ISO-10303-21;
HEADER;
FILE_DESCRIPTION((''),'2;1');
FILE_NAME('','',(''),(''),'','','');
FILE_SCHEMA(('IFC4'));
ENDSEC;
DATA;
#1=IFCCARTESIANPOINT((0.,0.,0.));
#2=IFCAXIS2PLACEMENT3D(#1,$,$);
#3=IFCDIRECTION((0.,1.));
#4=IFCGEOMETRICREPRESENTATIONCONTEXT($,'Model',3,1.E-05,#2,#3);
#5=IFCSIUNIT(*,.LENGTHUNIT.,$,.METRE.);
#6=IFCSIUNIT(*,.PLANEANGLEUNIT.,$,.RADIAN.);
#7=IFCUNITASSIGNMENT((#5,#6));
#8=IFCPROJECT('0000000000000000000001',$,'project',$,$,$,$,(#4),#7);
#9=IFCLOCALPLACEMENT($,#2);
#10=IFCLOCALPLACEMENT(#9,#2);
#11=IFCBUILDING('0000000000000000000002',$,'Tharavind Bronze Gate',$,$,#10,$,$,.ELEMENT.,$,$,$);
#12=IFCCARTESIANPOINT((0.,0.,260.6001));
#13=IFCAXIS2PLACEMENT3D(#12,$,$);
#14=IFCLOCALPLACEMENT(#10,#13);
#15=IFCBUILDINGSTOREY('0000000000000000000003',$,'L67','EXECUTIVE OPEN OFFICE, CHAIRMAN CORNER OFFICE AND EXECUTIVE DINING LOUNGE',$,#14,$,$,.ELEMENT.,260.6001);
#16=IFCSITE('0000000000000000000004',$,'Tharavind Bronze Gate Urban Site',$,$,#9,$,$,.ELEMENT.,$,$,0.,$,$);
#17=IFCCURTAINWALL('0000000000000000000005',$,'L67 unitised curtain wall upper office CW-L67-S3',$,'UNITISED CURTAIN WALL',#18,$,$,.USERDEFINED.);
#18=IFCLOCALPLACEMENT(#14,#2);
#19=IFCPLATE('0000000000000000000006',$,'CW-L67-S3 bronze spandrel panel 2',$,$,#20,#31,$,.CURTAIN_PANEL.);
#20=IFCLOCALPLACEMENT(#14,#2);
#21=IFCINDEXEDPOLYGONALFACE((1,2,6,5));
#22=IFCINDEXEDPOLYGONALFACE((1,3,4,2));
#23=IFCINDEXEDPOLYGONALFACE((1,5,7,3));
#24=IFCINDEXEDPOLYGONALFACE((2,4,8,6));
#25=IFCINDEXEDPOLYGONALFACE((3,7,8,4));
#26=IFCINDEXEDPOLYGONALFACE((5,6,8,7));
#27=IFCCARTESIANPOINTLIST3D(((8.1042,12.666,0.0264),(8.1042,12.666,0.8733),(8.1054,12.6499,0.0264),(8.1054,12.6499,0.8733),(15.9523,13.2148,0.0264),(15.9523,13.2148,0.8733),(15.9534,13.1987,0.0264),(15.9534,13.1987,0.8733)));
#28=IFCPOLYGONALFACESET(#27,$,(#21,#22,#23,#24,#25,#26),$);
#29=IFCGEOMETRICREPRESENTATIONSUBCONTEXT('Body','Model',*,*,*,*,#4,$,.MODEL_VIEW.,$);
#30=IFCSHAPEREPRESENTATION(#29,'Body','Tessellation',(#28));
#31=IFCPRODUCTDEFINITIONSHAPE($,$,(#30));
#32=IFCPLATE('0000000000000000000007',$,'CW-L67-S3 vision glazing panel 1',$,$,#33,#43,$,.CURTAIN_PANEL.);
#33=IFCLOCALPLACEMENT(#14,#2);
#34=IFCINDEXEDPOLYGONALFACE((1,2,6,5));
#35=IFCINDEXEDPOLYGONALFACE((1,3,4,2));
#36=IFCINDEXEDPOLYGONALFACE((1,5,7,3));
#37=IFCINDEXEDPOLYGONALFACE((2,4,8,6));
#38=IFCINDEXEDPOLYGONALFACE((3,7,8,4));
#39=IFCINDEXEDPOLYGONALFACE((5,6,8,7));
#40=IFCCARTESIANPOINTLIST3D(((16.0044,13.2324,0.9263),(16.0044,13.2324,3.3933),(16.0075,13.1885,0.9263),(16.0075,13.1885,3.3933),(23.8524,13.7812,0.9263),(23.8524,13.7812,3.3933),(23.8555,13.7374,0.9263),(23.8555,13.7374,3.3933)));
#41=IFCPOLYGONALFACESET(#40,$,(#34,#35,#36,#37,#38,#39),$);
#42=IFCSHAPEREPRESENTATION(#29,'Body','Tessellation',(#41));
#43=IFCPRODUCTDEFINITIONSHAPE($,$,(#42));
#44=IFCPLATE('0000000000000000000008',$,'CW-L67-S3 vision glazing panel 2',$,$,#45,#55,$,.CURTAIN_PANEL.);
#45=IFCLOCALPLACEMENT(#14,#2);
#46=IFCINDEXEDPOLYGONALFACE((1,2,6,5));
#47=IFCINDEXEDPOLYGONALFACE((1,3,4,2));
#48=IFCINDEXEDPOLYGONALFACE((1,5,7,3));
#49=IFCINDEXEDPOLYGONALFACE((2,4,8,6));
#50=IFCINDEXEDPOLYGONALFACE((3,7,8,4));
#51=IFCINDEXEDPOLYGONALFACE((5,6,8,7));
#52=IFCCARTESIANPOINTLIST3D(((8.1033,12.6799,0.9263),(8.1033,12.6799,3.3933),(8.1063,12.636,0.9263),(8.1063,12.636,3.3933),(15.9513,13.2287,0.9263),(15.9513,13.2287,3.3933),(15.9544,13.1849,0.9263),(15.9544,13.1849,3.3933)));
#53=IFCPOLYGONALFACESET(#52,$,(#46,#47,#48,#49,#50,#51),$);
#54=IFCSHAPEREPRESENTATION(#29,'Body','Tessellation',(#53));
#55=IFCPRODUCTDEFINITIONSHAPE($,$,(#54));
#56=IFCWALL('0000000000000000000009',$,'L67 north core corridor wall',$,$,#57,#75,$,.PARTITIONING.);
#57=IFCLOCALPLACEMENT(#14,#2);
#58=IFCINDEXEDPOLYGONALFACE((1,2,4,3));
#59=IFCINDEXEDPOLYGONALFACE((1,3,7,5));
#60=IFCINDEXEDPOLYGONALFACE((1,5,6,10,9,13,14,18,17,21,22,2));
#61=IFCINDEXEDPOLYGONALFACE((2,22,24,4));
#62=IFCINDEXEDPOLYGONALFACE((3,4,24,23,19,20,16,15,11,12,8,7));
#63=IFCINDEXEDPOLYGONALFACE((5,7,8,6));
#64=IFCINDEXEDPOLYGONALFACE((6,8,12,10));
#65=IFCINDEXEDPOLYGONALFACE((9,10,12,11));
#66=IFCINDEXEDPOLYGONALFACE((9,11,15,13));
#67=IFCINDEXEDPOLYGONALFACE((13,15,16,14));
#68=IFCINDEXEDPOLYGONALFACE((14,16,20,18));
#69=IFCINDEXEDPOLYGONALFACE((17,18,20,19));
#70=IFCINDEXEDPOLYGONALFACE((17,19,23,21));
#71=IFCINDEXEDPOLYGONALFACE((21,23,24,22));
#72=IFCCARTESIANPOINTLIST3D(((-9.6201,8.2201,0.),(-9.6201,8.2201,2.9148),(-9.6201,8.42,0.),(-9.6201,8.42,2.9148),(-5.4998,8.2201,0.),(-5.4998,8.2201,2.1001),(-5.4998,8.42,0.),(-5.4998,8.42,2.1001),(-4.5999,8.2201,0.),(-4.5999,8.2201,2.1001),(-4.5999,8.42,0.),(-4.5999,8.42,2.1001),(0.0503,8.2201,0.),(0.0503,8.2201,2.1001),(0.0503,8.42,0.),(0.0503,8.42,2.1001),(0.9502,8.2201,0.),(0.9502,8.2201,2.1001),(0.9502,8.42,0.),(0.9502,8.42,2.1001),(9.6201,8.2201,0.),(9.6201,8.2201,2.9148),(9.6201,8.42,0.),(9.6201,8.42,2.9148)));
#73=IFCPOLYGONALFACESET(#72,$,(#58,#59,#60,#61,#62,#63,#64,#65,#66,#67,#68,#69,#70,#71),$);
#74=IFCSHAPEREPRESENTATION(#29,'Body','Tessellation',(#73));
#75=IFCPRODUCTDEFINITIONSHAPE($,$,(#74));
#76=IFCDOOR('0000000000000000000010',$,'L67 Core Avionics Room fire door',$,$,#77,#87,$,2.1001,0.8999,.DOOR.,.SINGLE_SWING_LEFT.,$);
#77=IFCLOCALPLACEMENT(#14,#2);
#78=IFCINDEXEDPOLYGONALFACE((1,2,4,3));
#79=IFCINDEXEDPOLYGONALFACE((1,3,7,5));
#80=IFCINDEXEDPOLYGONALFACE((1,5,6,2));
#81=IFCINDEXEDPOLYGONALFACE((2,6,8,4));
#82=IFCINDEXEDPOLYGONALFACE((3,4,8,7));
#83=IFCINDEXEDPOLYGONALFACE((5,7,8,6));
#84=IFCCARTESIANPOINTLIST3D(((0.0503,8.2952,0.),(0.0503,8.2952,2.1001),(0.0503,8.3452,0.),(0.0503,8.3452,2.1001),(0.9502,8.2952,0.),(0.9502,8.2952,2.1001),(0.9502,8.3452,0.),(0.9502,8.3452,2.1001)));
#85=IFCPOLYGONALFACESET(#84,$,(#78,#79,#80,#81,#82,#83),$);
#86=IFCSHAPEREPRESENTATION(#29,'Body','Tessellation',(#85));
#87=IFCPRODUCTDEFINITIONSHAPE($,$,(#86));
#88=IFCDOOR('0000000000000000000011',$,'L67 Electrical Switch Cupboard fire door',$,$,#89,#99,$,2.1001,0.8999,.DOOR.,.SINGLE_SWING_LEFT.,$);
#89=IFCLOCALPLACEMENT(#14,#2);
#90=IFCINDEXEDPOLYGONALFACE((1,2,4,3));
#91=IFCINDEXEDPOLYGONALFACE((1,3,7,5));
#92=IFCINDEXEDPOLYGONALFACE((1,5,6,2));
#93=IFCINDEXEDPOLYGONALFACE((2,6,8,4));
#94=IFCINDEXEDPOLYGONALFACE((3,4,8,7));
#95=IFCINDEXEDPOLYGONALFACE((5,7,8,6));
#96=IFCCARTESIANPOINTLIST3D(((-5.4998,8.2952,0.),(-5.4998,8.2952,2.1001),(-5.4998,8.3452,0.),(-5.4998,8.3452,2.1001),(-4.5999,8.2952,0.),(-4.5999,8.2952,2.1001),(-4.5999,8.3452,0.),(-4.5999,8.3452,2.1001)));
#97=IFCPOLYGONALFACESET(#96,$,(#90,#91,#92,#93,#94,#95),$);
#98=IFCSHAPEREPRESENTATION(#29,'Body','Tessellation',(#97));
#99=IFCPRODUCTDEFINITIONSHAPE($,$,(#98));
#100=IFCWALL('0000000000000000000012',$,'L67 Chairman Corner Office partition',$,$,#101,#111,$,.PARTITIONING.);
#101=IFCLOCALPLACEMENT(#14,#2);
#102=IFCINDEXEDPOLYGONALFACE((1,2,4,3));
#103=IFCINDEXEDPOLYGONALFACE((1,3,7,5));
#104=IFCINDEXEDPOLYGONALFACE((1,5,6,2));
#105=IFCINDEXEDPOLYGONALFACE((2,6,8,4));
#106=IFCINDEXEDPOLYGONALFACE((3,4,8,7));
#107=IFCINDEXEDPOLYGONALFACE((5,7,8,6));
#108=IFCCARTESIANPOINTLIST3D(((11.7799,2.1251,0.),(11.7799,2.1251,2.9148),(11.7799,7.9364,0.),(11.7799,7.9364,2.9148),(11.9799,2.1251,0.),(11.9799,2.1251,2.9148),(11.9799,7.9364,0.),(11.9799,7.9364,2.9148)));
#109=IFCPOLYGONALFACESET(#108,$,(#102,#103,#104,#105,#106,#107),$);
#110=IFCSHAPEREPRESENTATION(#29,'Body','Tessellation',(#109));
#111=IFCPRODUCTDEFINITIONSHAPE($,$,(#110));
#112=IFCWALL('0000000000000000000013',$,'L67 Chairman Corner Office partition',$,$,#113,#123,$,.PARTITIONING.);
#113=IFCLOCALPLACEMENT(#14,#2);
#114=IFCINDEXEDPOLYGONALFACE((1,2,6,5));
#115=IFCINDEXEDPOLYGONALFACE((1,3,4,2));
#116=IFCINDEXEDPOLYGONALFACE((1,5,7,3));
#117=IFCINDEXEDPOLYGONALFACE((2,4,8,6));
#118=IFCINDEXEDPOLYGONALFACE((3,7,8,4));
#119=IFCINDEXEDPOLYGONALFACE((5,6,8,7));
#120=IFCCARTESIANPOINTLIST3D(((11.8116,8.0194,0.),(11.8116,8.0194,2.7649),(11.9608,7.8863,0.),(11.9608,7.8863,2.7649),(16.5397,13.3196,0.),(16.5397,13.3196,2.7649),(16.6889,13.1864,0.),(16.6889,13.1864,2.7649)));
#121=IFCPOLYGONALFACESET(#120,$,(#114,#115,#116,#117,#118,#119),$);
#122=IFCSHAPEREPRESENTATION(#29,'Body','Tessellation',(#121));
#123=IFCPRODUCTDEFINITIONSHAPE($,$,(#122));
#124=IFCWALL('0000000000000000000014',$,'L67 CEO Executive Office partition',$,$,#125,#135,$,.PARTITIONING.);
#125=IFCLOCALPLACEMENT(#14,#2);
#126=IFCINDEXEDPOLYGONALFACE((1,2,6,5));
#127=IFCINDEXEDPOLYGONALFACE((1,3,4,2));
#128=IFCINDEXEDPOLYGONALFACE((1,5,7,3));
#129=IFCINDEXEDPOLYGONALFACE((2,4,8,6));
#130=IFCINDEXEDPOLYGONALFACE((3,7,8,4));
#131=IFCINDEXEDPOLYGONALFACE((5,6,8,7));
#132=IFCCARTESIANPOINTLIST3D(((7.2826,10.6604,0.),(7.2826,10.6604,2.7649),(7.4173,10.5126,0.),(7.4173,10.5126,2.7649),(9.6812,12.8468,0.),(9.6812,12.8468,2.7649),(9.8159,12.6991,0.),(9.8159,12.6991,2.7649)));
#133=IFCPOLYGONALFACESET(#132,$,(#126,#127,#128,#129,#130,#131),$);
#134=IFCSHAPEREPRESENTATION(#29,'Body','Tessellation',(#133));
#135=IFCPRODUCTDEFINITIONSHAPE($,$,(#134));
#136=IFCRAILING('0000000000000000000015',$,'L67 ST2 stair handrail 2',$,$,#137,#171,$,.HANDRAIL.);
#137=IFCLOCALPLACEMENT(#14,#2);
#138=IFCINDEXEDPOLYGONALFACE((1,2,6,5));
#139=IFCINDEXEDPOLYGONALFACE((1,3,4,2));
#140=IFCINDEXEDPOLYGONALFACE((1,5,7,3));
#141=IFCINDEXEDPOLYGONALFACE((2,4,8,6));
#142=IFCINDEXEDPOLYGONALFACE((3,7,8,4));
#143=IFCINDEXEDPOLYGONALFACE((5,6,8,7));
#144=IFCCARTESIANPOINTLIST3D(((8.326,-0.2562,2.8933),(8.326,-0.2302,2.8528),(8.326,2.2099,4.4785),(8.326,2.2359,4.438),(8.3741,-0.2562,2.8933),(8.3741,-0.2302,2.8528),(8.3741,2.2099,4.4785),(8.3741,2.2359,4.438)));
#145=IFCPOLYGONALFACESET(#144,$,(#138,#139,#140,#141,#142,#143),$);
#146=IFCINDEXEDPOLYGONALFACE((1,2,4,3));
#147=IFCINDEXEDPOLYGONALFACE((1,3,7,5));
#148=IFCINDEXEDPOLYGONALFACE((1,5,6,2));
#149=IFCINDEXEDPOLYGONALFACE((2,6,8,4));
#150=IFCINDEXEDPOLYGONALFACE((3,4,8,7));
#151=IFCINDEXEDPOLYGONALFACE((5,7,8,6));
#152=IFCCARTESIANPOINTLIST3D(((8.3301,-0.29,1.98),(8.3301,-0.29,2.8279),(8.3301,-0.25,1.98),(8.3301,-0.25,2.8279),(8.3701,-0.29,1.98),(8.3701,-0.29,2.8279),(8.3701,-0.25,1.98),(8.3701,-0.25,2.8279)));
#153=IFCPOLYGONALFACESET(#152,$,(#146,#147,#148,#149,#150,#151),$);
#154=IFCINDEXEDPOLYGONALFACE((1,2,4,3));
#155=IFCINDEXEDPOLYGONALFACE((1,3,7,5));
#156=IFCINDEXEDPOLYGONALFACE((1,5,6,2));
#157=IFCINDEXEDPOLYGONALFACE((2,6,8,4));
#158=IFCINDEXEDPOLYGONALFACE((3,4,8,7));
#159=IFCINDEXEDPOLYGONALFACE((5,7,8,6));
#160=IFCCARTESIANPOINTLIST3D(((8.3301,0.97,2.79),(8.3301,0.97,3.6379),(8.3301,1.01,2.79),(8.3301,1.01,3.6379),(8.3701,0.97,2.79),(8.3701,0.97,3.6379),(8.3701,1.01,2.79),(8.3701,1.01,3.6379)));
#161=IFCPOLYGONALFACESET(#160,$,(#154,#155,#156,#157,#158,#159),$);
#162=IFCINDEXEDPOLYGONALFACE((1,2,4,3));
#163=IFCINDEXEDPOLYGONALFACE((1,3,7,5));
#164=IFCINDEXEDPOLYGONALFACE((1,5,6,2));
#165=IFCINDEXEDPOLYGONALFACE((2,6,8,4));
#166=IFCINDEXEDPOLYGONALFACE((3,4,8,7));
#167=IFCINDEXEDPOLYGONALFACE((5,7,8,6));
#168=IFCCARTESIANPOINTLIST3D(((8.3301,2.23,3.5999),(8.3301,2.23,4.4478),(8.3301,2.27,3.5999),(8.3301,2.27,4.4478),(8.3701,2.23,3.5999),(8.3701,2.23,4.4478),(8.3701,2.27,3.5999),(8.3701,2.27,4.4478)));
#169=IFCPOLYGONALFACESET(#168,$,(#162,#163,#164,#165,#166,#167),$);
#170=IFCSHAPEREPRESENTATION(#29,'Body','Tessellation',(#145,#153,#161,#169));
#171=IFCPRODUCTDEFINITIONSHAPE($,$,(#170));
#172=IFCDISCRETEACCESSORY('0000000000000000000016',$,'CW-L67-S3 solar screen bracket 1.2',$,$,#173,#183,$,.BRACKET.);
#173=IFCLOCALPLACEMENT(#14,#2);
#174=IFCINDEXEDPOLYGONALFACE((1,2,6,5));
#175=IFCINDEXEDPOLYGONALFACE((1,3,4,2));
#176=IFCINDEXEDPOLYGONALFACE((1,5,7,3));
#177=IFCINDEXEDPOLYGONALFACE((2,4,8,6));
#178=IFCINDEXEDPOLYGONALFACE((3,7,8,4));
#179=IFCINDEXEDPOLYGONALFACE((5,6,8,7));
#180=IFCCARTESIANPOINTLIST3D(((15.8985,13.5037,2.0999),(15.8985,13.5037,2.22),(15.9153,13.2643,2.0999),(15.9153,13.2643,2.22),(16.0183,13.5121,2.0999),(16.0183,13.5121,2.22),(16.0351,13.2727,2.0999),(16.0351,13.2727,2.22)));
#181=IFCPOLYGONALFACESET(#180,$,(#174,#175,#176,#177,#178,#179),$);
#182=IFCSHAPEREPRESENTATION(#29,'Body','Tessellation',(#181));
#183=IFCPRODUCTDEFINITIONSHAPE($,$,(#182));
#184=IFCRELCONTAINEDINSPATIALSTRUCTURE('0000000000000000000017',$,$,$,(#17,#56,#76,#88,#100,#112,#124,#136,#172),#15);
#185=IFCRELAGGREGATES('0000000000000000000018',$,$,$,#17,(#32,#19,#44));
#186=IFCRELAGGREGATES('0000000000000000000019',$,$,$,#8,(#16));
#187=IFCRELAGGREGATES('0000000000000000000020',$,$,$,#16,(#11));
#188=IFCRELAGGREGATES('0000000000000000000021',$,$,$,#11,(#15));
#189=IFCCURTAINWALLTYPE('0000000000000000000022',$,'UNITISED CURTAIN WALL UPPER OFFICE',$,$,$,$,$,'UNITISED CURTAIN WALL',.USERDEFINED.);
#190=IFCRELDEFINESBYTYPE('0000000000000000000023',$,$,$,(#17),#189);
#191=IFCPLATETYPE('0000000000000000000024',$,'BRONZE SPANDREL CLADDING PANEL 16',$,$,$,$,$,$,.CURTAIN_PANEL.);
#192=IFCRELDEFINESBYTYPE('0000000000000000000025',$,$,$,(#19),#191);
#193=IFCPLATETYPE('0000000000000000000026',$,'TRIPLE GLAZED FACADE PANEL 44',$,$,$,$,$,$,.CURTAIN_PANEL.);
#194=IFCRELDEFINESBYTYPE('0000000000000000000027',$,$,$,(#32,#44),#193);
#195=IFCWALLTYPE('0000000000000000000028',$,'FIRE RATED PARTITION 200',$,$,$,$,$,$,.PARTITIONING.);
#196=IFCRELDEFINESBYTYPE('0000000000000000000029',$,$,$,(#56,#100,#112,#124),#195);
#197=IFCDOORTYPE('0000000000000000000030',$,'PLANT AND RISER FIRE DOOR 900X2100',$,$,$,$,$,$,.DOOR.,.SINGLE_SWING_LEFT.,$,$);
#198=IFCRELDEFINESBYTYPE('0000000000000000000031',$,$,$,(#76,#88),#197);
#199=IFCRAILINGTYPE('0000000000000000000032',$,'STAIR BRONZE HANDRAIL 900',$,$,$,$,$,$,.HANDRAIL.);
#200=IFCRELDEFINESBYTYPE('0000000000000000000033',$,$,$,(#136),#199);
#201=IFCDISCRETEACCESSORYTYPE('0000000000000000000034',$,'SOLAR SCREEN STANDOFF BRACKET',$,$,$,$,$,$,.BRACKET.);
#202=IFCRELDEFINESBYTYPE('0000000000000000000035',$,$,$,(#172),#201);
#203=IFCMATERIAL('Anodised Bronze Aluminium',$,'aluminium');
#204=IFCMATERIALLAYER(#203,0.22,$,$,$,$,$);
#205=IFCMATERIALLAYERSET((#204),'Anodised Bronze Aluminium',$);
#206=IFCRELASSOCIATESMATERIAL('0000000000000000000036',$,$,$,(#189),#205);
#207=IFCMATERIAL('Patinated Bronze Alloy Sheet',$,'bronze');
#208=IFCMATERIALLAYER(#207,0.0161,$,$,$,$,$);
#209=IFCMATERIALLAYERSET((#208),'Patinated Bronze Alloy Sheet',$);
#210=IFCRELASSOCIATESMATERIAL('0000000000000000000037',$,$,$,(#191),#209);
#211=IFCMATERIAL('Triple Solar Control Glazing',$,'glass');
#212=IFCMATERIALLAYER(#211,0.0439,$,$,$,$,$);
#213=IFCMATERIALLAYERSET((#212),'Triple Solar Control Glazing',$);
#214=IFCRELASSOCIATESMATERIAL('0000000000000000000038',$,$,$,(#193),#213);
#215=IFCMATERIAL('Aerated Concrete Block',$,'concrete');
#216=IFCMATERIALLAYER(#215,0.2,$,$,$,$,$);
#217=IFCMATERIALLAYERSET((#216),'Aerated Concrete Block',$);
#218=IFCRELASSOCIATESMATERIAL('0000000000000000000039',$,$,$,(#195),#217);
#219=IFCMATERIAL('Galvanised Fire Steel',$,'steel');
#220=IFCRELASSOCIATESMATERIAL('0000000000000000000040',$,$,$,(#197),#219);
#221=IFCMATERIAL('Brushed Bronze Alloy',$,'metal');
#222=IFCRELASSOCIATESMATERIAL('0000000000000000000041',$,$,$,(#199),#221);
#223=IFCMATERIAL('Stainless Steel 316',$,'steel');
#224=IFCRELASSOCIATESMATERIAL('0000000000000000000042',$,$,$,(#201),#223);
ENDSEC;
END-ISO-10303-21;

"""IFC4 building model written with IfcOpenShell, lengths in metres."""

from ifc_helpers import new_model, si_unit, direction, frame, frame_2d, origin, origin_2d, place, context, subcontext, project, spatial, rectangle, extrude, material, layer, layer_set, type_object, element, fill, aggregate, save


model = new_model("IFC4")

# Units and contexts
model_context = context("Model", 3, precision=1e-05, world=origin(), true_north=direction((0.0, 1.0)))
body_context = subcontext(model_context, "Body", "Model", "MODEL_VIEW")
ifc_project = project(units=[si_unit("LENGTHUNIT", "METRE"), si_unit("PLANEANGLEUNIT", "RADIAN")], contexts=[model_context])

# Site, building, storey
site_placement = place(None, origin())
site = spatial("IfcSite", under=ifc_project, at=site_placement, Name="Tharavind Bronze Gate Urban Site", CompositionType="ELEMENT", RefElevation=0.0)
building_placement = place(site_placement, origin())
building = spatial("IfcBuilding", under=site, at=building_placement, Name="Tharavind Bronze Gate", CompositionType="ELEMENT")
storey_placement = place(building_placement, frame((0.0, 0.0, 260.6001)))
storey = spatial("IfcBuildingStorey", under=building, at=storey_placement, Name="L67", Description="EXECUTIVE OPEN OFFICE, CHAIRMAN CORNER OFFICE AND EXECUTIVE DINING LOUNGE", CompositionType="ELEMENT", Elevation=260.6001)

# Curtain wall
ifc_material_1 = material(Name="Anodised Bronze Aluminium", Category="aluminium")
ifc_layer_1 = layer(ifc_material_1, 0.22)
ifc_layer_set_1 = layer_set([ifc_layer_1], Name="Anodised Bronze Aluminium")
curtain_wall_type = type_object("IfcCurtainWallType", Name="UNITISED CURTAIN WALL UPPER OFFICE", ElementType="UNITISED CURTAIN WALL", PredefinedType="USERDEFINED", material=ifc_layer_set_1)
curtain_wall_placement = place(storey_placement, origin())
curtain_wall = element("IfcCurtainWall", 1, at=curtain_wall_placement, inside=storey, type_object=curtain_wall_type, Name="L67 unitised curtain wall upper office CW-L67-S3", ObjectType="UNITISED CURTAIN WALL", PredefinedType="USERDEFINED")

# Plates
ifc_material_2 = material(Name="Patinated Bronze Alloy Sheet", Category="bronze")
ifc_layer_2 = layer(ifc_material_2, 0.0161)
ifc_layer_set_2 = layer_set([ifc_layer_2], Name="Patinated Bronze Alloy Sheet")
plate_type_1 = type_object("IfcPlateType", Name="BRONZE SPANDREL CLADDING PANEL 16", PredefinedType="CURTAIN_PANEL", material=ifc_layer_set_2)
plate_1_placement = place(storey_placement, frame((12.0288, 12.9324, 0.0264), z_axis=(0.0, 0.0, 1.0), x_axis=(-0.997564, -0.06976, 0.0)))
plate_1 = element("IfcPlate", 2, at=plate_1_placement, type_object=plate_type_1, Name="CW-L67-S3 bronze spandrel panel 2", PredefinedType="CURTAIN_PANEL", context=body_context, shape_type="SweptSolid", body=[
    extrude(rectangle(XDim=7.8672, YDim=0.0161, at=origin_2d()), origin(), (0.0, 0.0, 1.0), 0.8469),
])
ifc_material_3 = material(Name="Triple Solar Control Glazing", Category="glass")
ifc_layer_3 = layer(ifc_material_3, 0.0439)
ifc_layer_set_3 = layer_set([ifc_layer_3], Name="Triple Solar Control Glazing")
plate_type_2 = type_object("IfcPlateType", Name="TRIPLE GLAZED FACADE PANEL 44", PredefinedType="CURTAIN_PANEL", material=ifc_layer_set_3)
plate_2_placement = place(storey_placement, frame((19.9299, 13.4849, 0.9263), z_axis=(0.0, 0.0, 1.0), x_axis=(-0.997564, -0.06976, 0.0)))
plate_2 = element("IfcPlate", 3, at=plate_2_placement, type_object=plate_type_2, Name="CW-L67-S3 vision glazing panel 1", PredefinedType="CURTAIN_PANEL", context=body_context, shape_type="SweptSolid", body=[
    extrude(rectangle(XDim=7.8672, YDim=0.0439, at=origin_2d()), origin(), (0.0, 0.0, 1.0), 2.467),
])
plate_3_placement = place(storey_placement, frame((12.0288, 12.9324, 0.9263), z_axis=(0.0, 0.0, 1.0), x_axis=(-0.997564, -0.06976, 0.0)))
plate_3 = element("IfcPlate", 4, at=plate_3_placement, type_object=plate_type_2, Name="CW-L67-S3 vision glazing panel 2", PredefinedType="CURTAIN_PANEL", context=body_context, shape_type="SweptSolid", body=[
    extrude(rectangle(XDim=7.8672, YDim=0.0439, at=origin_2d()), origin(), (0.0, 0.0, 1.0), 2.467),
])
aggregate(curtain_wall, [plate_2, plate_1, plate_3])

# Wall, openings, doors
ifc_material_4 = material(Name="Aerated Concrete Block", Category="concrete")
ifc_layer_4 = layer(ifc_material_4, 0.2)
ifc_layer_set_4 = layer_set([ifc_layer_4], Name="Aerated Concrete Block")
wall_type = type_object("IfcWallType", Name="FIRE RATED PARTITION 200", PredefinedType="PARTITIONING", material=ifc_layer_set_4)
wall_1_placement = place(storey_placement, frame((9.6201, 8.3201, 0.0), z_axis=(0.0, 0.0, 1.0), x_axis=(-1.0, 0.0, 0.0)))
wall_1 = element("IfcWall", 5, at=wall_1_placement, inside=storey, type_object=wall_type, Name="L67 north core corridor wall", PredefinedType="PARTITIONING", context=body_context, shape_type="SweptSolid", body=[
    extrude(rectangle(XDim=19.2402, YDim=0.2, at=frame_2d((9.6201, 0.0))), origin(), (0.0, 0.0, 1.0), 2.9148),
])
opening_1_placement = place(wall_1_placement, frame((8.6699, 0.0, 0.0)))
opening_1 = element("IfcOpeningElement", 6, at=opening_1_placement, cuts=wall_1, PredefinedType="OPENING", context=body_context, shape_type="SweptSolid", body=[
    extrude(rectangle(XDim=0.8999, YDim=2.1001, at=frame_2d((0.45, 1.05))), frame((0.0, 0.1101, 0.0), z_axis=(0.0, -1.0, 0.0), x_axis=(1.0, 0.0, 0.0)), (0.0, 0.0, 1.0), 0.22),
])
opening_2_placement = place(wall_1_placement, frame((14.22, 0.0, 0.0)))
opening_2 = element("IfcOpeningElement", 7, at=opening_2_placement, cuts=wall_1, PredefinedType="OPENING", context=body_context, shape_type="SweptSolid", body=[
    extrude(rectangle(XDim=0.8999, YDim=2.1001, at=frame_2d((0.45, 1.05))), frame((0.0, 0.1101, 0.0), z_axis=(0.0, -1.0, 0.0), x_axis=(1.0, 0.0, 0.0)), (0.0, 0.0, 1.0), 0.22),
])
ifc_material_5 = material(Name="Galvanised Fire Steel", Category="steel")
door_type = type_object("IfcDoorType", Name="PLANT AND RISER FIRE DOOR 900X2100", OperationType="SINGLE_SWING_LEFT", PredefinedType="DOOR", material=ifc_material_5)
door_1_placement = place(opening_1_placement, origin())
door_1 = element("IfcDoor", 8, at=door_1_placement, inside=storey, type_object=door_type, Name="L67 Core Avionics Room fire door", OperationType="SINGLE_SWING_LEFT", OverallHeight=2.1001, OverallWidth=0.8999, PredefinedType="DOOR", context=body_context, shape_type="SweptSolid", body=[
    extrude(rectangle(XDim=0.8999, YDim=2.1001, at=frame_2d((0.45, 1.05))), frame((0.0, 0.0249, 0.0), z_axis=(0.0, -1.0, 0.0), x_axis=(1.0, 0.0, 0.0)), (0.0, 0.0, 1.0), 0.05),
])
fill(opening_1, door_1)
door_2_placement = place(opening_2_placement, origin())
door_2 = element("IfcDoor", 9, at=door_2_placement, inside=storey, type_object=door_type, Name="L67 Electrical Switch Cupboard fire door", OperationType="SINGLE_SWING_LEFT", OverallHeight=2.1001, OverallWidth=0.8999, PredefinedType="DOOR", context=body_context, shape_type="SweptSolid", body=[
    extrude(rectangle(XDim=0.8999, YDim=2.1001, at=frame_2d((0.45, 1.05))), frame((0.0, 0.0249, 0.0), z_axis=(0.0, -1.0, 0.0), x_axis=(1.0, 0.0, 0.0)), (0.0, 0.0, 1.0), 0.05),
])
fill(opening_2, door_2)

# Walls
wall_2_placement = place(storey_placement, frame((11.8799, 2.125, 0.0), z_axis=(0.0, 0.0, 1.0), x_axis=(0.0, 1.0, 0.0)))
element("IfcWall", 10, at=wall_2_placement, inside=storey, type_object=wall_type, Name="L67 Chairman Corner Office partition", PredefinedType="PARTITIONING", context=body_context, shape_type="SweptSolid", body=[
    extrude(rectangle(XDim=5.8113, YDim=0.2, at=frame_2d((2.9058, 0.0))), origin(), (0.0, 0.0, 1.0), 2.9148),
])
wall_3_placement = place(storey_placement, frame((11.8862, 7.9529, 0.0), z_axis=(0.0, 0.0, 1.0), x_axis=(0.66569, 0.746229, 0.0)))
element("IfcWall", 11, at=wall_3_placement, inside=storey, type_object=wall_type, Name="L67 Chairman Corner Office partition", PredefinedType="PARTITIONING", context=body_context, shape_type="SweptSolid", body=[
    extrude(rectangle(XDim=7.1025, YDim=0.2, at=frame_2d((3.5513, 0.0))), origin(), (0.0, 0.0, 1.0), 2.7649),
])
wall_4_placement = place(storey_placement, frame((9.7485, 12.7729, 0.0), z_axis=(0.0, 0.0, 1.0), x_axis=(-0.739034, -0.673668, 0.0)))
element("IfcWall", 12, at=wall_4_placement, inside=storey, type_object=wall_type, Name="L67 CEO Executive Office partition", PredefinedType="PARTITIONING", context=body_context, shape_type="SweptSolid", body=[
    extrude(rectangle(XDim=3.2456, YDim=0.2, at=frame_2d((1.6228, 0.0))), origin(), (0.0, 0.0, 1.0), 2.7649),
])

# Railing
ifc_material_6 = material(Name="Brushed Bronze Alloy", Category="metal")
railing_type = type_object("IfcRailingType", Name="STAIR BRONZE HANDRAIL 900", PredefinedType="HANDRAIL", material=ifc_material_6)
railing_placement = place(storey_placement, frame((8.3501, -0.27, 1.98)))
element("IfcRailing", 13, at=railing_placement, inside=storey, type_object=railing_type, Name="L67 ST2 stair handrail 2", PredefinedType="HANDRAIL", context=body_context, shape_type="SweptSolid", body=[
    extrude(rectangle(XDim=0.0481, YDim=0.0481, at=origin_2d()), frame((0.0, 0.0269, 0.8931), z_axis=(0.0, 0.8412, 0.540725), x_axis=(-1.0, 0.0, 0.0)), (0.0, 0.0, 1.0), 2.9316),
    extrude(rectangle(XDim=0.04, YDim=0.04, at=origin_2d()), origin(), (0.0, 0.0, 1.0), 0.8479),
    extrude(rectangle(XDim=0.04, YDim=0.04, at=origin_2d()), frame((0.0, 1.26, 0.8101)), (0.0, 0.0, 1.0), 0.8479),
    extrude(rectangle(XDim=0.04, YDim=0.04, at=origin_2d()), frame((0.0, 2.52, 1.6199)), (0.0, 0.0, 1.0), 0.8479),
])

# Discrete accessory
ifc_material_7 = material(Name="Stainless Steel 316", Category="steel")
discrete_accessory_type = type_object("IfcDiscreteAccessoryType", Name="SOLAR SCREEN STANDOFF BRACKET", PredefinedType="BRACKET", material=ifc_material_7)
discrete_accessory_placement = place(storey_placement, frame((15.9668, 13.3882, 2.0999), z_axis=(0.0, 0.0, 1.0), x_axis=(-0.997564, -0.06976, 0.0)))
element("IfcDiscreteAccessory", 14, at=discrete_accessory_placement, inside=storey, type_object=discrete_accessory_type, Name="CW-L67-S3 solar screen bracket 1.2", PredefinedType="BRACKET", context=body_context, shape_type="SweptSolid", body=[
    extrude(rectangle(XDim=0.1201, YDim=0.24, at=origin_2d()), origin(), (0.0, 0.0, 1.0), 0.1201),
])

save(model, "model.ifc")
